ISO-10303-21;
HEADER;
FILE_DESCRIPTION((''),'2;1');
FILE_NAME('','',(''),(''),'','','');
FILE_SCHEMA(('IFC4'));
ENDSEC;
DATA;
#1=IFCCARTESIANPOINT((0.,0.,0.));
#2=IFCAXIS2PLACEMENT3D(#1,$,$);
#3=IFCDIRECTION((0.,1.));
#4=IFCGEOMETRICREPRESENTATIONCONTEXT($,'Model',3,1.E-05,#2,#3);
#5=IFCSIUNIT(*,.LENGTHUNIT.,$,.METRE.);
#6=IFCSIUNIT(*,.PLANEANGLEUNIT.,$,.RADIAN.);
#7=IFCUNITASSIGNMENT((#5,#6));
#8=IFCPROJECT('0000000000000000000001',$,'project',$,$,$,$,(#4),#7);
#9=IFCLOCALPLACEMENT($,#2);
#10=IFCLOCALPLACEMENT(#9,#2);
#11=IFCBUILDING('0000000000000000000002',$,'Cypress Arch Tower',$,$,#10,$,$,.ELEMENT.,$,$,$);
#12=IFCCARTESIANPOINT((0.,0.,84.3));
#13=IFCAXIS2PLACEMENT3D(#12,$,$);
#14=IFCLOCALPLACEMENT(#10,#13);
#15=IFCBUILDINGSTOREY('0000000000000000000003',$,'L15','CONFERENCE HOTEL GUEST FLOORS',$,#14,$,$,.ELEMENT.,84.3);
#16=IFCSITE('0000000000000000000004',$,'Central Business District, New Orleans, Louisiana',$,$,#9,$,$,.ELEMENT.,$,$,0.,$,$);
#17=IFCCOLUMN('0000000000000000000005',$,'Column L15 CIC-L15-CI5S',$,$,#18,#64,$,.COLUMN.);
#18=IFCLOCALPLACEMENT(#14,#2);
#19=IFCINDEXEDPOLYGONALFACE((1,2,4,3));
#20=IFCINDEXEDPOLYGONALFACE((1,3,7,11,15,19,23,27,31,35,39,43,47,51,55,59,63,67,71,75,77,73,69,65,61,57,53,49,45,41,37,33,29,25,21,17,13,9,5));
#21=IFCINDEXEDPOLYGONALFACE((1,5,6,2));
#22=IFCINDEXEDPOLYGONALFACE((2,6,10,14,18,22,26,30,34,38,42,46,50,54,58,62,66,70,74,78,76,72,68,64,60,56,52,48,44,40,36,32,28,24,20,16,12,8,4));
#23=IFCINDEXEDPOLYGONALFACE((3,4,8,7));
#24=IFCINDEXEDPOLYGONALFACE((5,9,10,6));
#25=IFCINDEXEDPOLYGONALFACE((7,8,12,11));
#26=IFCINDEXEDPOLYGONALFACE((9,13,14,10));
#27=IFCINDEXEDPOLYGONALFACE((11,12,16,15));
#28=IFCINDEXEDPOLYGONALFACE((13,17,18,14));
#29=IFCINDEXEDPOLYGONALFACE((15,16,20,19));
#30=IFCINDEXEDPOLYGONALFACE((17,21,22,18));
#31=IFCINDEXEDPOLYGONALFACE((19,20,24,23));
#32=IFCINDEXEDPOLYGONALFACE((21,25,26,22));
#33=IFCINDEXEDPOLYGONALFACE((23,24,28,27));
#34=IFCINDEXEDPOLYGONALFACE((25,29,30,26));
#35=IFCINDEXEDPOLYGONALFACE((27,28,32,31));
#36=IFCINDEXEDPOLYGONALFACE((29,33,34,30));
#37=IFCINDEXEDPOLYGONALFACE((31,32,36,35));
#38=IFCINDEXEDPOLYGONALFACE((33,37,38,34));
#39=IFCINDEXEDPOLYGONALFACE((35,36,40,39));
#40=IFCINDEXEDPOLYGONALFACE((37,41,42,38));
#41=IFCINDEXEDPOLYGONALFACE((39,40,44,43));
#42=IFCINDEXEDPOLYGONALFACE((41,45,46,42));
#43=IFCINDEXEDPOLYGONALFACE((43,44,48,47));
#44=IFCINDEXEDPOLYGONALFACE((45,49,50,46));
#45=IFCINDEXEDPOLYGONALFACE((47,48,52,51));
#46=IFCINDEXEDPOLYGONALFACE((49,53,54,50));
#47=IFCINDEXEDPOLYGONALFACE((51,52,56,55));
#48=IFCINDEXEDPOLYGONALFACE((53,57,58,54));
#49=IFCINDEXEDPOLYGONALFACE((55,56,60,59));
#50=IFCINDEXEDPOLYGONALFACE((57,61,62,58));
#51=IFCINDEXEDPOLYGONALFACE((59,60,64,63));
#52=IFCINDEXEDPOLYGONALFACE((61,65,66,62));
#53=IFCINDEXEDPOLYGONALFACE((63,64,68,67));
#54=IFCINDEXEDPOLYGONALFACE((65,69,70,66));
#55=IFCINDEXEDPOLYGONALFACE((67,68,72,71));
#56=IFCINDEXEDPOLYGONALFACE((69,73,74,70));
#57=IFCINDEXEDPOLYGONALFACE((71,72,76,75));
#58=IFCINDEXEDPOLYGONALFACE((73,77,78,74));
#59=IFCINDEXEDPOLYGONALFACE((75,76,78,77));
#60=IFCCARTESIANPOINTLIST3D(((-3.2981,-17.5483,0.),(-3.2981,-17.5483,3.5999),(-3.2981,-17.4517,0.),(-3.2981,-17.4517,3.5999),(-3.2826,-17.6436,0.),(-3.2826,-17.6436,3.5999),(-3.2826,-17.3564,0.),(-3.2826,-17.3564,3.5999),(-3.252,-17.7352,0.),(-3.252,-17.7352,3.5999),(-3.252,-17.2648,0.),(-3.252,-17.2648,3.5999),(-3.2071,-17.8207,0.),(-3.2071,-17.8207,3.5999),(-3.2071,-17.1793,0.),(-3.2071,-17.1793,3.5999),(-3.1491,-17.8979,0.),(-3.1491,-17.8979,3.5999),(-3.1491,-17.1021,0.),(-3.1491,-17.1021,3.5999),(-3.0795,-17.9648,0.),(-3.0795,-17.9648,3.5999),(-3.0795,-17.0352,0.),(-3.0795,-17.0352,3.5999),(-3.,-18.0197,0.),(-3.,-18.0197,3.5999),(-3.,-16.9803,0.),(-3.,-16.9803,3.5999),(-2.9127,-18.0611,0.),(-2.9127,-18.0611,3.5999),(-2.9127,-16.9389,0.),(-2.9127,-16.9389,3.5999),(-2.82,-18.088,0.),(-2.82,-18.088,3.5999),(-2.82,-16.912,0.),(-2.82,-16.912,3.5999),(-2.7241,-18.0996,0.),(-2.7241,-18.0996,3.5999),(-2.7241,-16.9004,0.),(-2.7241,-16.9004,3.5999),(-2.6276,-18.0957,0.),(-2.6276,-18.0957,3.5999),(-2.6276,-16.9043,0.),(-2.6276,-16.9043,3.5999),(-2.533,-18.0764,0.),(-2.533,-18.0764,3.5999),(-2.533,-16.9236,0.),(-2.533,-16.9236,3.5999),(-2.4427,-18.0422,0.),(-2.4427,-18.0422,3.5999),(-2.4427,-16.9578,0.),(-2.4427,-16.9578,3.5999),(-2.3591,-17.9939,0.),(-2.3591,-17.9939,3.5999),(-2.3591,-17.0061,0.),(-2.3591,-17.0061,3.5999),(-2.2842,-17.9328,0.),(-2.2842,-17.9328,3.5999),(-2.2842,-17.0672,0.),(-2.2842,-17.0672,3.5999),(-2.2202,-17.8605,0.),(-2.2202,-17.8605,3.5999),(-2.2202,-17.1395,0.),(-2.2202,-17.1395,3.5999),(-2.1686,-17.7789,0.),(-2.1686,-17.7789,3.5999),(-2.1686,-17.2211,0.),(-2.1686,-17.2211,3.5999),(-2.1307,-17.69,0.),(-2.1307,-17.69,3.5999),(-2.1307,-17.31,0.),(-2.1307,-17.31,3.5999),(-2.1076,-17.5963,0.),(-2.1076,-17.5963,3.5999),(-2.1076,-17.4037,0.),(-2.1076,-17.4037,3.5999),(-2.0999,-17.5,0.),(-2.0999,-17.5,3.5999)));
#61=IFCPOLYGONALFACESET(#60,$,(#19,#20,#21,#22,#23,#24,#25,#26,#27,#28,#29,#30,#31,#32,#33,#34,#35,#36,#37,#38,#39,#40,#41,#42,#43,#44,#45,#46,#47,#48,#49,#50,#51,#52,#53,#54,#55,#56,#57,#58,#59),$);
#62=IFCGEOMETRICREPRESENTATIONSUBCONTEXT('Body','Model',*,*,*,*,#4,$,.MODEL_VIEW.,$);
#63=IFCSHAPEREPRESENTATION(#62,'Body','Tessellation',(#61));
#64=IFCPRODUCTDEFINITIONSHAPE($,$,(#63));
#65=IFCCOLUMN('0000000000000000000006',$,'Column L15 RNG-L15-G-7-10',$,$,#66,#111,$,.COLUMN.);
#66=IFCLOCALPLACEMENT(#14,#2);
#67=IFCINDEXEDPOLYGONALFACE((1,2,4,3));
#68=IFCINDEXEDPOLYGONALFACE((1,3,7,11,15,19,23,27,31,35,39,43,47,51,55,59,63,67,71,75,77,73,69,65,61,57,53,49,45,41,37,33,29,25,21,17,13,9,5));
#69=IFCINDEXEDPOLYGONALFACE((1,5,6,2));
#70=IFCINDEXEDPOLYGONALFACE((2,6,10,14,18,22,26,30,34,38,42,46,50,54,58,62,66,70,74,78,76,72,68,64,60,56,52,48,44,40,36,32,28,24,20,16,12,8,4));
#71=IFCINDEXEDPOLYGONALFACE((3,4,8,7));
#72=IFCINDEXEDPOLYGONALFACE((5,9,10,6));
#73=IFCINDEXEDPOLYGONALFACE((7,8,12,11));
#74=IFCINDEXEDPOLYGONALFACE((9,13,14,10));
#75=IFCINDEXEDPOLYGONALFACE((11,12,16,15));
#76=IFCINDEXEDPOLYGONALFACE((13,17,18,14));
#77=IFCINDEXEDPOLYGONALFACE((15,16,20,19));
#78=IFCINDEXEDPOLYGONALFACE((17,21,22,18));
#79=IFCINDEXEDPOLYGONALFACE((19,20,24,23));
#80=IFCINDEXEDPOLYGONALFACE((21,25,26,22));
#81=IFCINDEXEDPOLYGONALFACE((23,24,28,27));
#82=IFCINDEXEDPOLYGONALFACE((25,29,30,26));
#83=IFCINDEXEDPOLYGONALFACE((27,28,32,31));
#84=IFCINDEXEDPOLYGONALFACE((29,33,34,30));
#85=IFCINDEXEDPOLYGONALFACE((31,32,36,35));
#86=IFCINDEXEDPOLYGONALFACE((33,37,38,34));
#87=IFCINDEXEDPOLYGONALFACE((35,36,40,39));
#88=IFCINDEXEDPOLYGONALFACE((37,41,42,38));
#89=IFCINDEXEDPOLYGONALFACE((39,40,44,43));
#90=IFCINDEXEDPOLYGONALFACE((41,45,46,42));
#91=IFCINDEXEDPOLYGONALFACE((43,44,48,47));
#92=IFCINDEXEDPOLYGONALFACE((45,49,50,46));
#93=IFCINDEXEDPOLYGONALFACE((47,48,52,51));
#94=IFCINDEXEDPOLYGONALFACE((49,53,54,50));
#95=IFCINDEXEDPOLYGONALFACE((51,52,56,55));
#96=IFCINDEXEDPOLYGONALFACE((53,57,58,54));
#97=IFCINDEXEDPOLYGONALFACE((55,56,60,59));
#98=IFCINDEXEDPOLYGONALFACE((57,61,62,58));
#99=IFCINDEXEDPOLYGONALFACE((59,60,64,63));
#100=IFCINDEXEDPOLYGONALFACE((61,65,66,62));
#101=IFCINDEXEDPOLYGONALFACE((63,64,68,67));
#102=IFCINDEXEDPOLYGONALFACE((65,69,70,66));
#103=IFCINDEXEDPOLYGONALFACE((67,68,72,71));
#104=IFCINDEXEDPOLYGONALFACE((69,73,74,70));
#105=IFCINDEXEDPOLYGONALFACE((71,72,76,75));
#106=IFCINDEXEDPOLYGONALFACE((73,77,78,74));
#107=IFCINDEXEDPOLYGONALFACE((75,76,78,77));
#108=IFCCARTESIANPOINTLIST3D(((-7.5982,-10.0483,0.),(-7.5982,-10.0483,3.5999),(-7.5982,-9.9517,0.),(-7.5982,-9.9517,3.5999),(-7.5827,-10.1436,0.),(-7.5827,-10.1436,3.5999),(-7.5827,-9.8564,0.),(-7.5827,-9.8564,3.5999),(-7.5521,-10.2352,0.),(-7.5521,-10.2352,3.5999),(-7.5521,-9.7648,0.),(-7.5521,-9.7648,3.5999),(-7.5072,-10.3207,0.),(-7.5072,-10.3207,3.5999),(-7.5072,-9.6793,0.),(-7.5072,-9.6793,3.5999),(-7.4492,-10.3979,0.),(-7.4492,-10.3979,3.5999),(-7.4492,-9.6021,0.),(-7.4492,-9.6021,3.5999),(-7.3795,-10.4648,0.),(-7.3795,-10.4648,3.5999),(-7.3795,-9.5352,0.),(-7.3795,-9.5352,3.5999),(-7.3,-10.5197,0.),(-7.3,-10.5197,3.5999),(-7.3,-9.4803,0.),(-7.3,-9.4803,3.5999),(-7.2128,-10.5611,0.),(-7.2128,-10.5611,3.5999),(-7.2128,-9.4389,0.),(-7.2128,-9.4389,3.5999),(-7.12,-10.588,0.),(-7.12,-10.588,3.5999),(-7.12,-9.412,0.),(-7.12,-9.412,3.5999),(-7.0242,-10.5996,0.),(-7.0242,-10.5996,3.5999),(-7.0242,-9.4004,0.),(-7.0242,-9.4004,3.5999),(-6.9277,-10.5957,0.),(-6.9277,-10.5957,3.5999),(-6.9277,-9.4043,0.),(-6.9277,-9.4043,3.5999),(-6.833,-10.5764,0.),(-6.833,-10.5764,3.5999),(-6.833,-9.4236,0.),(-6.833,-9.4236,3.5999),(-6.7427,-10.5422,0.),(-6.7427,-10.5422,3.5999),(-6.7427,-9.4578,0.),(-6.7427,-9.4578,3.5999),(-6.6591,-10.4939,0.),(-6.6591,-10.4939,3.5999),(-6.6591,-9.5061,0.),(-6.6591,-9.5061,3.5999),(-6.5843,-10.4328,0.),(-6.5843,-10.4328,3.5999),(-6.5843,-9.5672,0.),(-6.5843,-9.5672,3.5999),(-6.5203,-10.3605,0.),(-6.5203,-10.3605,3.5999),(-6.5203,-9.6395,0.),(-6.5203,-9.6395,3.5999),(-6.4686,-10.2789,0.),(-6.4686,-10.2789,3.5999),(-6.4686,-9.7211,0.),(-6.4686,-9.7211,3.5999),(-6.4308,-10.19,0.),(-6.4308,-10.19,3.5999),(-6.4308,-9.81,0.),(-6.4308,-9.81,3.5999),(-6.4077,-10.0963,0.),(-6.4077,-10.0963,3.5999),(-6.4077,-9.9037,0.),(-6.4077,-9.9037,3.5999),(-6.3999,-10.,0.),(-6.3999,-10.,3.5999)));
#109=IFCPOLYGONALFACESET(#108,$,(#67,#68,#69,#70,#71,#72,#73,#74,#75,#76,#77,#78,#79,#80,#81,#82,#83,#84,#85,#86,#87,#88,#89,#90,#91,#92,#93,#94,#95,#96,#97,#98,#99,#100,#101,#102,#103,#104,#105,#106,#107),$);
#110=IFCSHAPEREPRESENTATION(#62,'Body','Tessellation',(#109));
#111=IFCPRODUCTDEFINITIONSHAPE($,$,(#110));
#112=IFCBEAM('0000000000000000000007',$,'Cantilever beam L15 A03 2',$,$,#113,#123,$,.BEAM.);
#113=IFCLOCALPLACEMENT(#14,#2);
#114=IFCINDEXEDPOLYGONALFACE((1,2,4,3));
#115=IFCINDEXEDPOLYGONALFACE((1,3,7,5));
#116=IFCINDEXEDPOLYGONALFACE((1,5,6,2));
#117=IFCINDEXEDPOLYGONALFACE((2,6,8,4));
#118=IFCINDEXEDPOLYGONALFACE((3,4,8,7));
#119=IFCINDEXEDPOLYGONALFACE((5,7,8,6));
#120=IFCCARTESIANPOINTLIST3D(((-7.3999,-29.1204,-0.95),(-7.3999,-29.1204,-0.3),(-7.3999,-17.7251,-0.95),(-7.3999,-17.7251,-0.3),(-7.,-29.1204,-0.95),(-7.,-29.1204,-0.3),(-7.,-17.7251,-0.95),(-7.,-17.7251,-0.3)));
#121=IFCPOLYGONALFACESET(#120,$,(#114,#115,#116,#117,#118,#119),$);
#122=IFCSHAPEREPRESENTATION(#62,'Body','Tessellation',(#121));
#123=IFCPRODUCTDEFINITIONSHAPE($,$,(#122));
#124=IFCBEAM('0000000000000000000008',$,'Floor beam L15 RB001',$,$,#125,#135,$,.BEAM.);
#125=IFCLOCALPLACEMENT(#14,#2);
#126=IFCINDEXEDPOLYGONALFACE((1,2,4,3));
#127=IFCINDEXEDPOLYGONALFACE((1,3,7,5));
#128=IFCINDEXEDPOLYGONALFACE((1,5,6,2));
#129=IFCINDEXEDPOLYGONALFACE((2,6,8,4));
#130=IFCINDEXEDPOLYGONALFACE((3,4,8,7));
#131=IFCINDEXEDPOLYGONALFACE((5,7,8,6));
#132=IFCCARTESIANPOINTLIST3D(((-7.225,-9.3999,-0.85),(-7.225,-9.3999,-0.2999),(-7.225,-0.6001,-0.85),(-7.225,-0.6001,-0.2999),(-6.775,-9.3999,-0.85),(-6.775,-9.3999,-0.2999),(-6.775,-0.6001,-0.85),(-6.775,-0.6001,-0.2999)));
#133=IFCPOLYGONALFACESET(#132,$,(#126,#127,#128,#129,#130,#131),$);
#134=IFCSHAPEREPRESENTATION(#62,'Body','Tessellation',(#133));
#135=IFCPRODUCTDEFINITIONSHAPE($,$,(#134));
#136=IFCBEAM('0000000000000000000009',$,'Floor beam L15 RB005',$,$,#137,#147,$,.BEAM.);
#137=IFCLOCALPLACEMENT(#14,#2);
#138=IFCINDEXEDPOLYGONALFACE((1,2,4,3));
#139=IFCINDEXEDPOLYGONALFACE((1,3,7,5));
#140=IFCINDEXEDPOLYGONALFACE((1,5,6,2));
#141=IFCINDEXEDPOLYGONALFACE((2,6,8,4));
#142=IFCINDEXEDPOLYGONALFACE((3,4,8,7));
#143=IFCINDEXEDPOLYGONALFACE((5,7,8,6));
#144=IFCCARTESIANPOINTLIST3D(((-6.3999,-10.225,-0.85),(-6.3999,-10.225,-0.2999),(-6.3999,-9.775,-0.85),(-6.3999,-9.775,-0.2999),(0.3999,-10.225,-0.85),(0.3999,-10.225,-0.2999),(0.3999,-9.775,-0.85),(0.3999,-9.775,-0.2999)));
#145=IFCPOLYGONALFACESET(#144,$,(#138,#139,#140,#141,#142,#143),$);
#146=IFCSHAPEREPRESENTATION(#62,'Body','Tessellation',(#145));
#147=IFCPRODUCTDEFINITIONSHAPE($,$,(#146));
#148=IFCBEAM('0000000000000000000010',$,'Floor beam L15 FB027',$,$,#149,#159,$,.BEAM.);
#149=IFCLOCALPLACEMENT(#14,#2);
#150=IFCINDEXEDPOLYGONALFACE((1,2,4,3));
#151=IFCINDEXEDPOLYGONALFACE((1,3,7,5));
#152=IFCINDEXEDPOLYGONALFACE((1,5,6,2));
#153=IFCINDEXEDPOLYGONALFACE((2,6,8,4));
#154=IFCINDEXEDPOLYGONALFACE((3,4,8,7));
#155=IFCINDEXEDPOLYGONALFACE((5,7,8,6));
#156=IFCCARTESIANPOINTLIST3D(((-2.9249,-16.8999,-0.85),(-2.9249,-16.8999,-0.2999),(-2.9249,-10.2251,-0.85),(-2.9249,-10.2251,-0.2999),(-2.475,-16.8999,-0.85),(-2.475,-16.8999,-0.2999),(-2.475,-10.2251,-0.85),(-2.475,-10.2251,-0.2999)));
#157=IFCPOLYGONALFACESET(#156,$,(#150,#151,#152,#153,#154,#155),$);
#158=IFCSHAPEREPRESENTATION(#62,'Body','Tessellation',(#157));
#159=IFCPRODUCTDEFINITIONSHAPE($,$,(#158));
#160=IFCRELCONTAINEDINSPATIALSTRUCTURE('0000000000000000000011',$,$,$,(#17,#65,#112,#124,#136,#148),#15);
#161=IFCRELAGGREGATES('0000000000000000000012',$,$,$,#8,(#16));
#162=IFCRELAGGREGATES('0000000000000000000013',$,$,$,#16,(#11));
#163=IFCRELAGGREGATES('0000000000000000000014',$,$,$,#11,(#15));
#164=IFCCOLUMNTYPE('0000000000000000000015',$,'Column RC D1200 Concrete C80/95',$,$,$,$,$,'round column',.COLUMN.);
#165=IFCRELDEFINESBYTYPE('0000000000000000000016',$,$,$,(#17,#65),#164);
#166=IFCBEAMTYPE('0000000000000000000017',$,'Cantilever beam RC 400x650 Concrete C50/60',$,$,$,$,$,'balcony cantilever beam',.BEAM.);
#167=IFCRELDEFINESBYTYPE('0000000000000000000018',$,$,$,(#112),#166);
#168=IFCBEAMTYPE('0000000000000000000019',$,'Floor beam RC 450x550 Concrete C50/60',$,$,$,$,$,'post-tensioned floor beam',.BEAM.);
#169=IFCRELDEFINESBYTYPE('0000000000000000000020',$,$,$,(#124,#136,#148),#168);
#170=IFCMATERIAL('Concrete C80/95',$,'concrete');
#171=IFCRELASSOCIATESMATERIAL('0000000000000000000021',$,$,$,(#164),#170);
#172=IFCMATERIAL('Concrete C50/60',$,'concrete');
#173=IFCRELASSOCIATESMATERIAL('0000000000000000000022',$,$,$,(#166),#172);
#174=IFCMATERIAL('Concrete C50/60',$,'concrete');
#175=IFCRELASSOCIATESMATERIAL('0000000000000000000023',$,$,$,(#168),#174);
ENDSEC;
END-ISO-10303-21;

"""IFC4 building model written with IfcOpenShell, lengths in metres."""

from ifc_helpers import new_model, si_unit, direction, frame, origin, origin_2d, place, context, subcontext, project, spatial, rectangle, circle, extrude, material, material_profile, profile_set, type_object, element, save


model = new_model("IFC4")

# Units and contexts
model_context = context("Model", 3, precision=1e-05, world=origin(), true_north=direction((0.0, 1.0)))
body_context = subcontext(model_context, "Body", "Model", "MODEL_VIEW")
ifc_project = project(units=[si_unit("LENGTHUNIT", "METRE"), si_unit("PLANEANGLEUNIT", "RADIAN")], contexts=[model_context])

# Site, building, storey
site_placement = place(None, origin())
site = spatial("IfcSite", under=ifc_project, at=site_placement, Name="Central Business District, New Orleans, Louisiana", CompositionType="ELEMENT", RefElevation=0.0)
building_placement = place(site_placement, origin())
building = spatial("IfcBuilding", under=site, at=building_placement, Name="Cypress Arch Tower", CompositionType="ELEMENT")
storey_placement = place(building_placement, frame((0.0, 0.0, 84.3)))
storey = spatial("IfcBuildingStorey", under=building, at=storey_placement, Name="L15", Description="CONFERENCE HOTEL GUEST FLOORS", CompositionType="ELEMENT", Elevation=84.3)

# Columns
ifc_material_1 = material(Name="Concrete C80/95", Category="concrete")
ifc_material_profile_1 = material_profile(ifc_material_1, circle(Radius=0.6001, at=origin_2d()), Name="RC D1200")
ifc_profile_set_1 = profile_set([ifc_material_profile_1], Name="Concrete C80/95")
column_type = type_object("IfcColumnType", Name="Column RC D1200 Concrete C80/95", ElementType="round column", PredefinedType="COLUMN", material=ifc_profile_set_1)
for number, where, z_axis, x_axis, name in (
    (1, (-2.7, -17.5, 0.0), (0.0, 0.0, 1.0), (1.0, 0.0, 0.0), "Column L15 CIC-L15-CI5S"),
    (2, (-7.0, -10.0, 0.0), (0.0, 0.0, 1.0), (1.0, 0.0, 0.0), "Column L15 RNG-L15-G-7-10"),
):
    element("IfcColumn", number, at=place(storey_placement, frame(where, z_axis=z_axis, x_axis=x_axis)), inside=storey, type_object=column_type, Name=name, PredefinedType="COLUMN", context=body_context, shape_type="SweptSolid", body=[
        extrude(circle(Radius=0.6001, at=origin_2d()), origin(), (0.0, 0.0, 1.0), 3.5999),
    ])

# Beams
ifc_material_2 = material(Name="Concrete C50/60", Category="concrete")
ifc_material_profile_2 = material_profile(ifc_material_2, rectangle(XDim=0.3999, YDim=0.6499, at=origin_2d()), Name="RC 400x650")
ifc_profile_set_2 = profile_set([ifc_material_profile_2], Name="Concrete C50/60")
beam_type_1 = type_object("IfcBeamType", Name="Cantilever beam RC 400x650 Concrete C50/60", ElementType="balcony cantilever beam", PredefinedType="BEAM", material=ifc_profile_set_2)
beam_1_placement = place(storey_placement, frame((-7.2, -17.7251, -0.625), z_axis=(0.0, -1.0, 0.0), x_axis=(1.0, 0.0, 0.0)))
element("IfcBeam", 3, at=beam_1_placement, inside=storey, type_object=beam_type_1, Name="Cantilever beam L15 A03 2", PredefinedType="BEAM", context=body_context, shape_type="SweptSolid", body=[
    extrude(rectangle(XDim=0.3999, YDim=0.6499, at=origin_2d()), origin(), (0.0, 0.0, 1.0), 11.3953),
])
ifc_material_3 = material(Name="Concrete C50/60", Category="concrete")
ifc_material_profile_3 = material_profile(ifc_material_3, rectangle(XDim=0.45, YDim=0.55, at=origin_2d()), Name="RC 450x550")
ifc_profile_set_3 = profile_set([ifc_material_profile_3], Name="Concrete C50/60")
beam_type_2 = type_object("IfcBeamType", Name="Floor beam RC 450x550 Concrete C50/60", ElementType="post-tensioned floor beam", PredefinedType="BEAM", material=ifc_profile_set_3)
beam_2_placement = place(storey_placement, frame((-7.0, -9.3999, -0.575), z_axis=(0.0, 1.0, 0.0), x_axis=(-1.0, 0.0, 0.0)))
element("IfcBeam", 4, at=beam_2_placement, inside=storey, type_object=beam_type_2, Name="Floor beam L15 RB001", PredefinedType="BEAM", context=body_context, shape_type="SweptSolid", body=[
    extrude(rectangle(XDim=0.45, YDim=0.55, at=origin_2d()), origin(), (0.0, 0.0, 1.0), 8.7998),
])
beam_3_placement = place(storey_placement, frame((-6.3999, -10.0, -0.575), z_axis=(1.0, 0.0, 0.0), x_axis=(0.0, 1.0, 0.0)))
element("IfcBeam", 5, at=beam_3_placement, inside=storey, type_object=beam_type_2, Name="Floor beam L15 RB005", PredefinedType="BEAM", context=body_context, shape_type="SweptSolid", body=[
    extrude(rectangle(XDim=0.45, YDim=0.55, at=origin_2d()), origin(), (0.0, 0.0, 1.0), 6.7998),
])
beam_4_placement = place(storey_placement, frame((-2.7, -16.8999, -0.575), z_axis=(0.0, 1.0, 0.0), x_axis=(-1.0, 0.0, 0.0)))
element("IfcBeam", 6, at=beam_4_placement, inside=storey, type_object=beam_type_2, Name="Floor beam L15 FB027", PredefinedType="BEAM", context=body_context, shape_type="SweptSolid", body=[
    extrude(rectangle(XDim=0.45, YDim=0.55, at=origin_2d()), origin(), (0.0, 0.0, 1.0), 6.6748),
])

save(model, "model.ifc")
